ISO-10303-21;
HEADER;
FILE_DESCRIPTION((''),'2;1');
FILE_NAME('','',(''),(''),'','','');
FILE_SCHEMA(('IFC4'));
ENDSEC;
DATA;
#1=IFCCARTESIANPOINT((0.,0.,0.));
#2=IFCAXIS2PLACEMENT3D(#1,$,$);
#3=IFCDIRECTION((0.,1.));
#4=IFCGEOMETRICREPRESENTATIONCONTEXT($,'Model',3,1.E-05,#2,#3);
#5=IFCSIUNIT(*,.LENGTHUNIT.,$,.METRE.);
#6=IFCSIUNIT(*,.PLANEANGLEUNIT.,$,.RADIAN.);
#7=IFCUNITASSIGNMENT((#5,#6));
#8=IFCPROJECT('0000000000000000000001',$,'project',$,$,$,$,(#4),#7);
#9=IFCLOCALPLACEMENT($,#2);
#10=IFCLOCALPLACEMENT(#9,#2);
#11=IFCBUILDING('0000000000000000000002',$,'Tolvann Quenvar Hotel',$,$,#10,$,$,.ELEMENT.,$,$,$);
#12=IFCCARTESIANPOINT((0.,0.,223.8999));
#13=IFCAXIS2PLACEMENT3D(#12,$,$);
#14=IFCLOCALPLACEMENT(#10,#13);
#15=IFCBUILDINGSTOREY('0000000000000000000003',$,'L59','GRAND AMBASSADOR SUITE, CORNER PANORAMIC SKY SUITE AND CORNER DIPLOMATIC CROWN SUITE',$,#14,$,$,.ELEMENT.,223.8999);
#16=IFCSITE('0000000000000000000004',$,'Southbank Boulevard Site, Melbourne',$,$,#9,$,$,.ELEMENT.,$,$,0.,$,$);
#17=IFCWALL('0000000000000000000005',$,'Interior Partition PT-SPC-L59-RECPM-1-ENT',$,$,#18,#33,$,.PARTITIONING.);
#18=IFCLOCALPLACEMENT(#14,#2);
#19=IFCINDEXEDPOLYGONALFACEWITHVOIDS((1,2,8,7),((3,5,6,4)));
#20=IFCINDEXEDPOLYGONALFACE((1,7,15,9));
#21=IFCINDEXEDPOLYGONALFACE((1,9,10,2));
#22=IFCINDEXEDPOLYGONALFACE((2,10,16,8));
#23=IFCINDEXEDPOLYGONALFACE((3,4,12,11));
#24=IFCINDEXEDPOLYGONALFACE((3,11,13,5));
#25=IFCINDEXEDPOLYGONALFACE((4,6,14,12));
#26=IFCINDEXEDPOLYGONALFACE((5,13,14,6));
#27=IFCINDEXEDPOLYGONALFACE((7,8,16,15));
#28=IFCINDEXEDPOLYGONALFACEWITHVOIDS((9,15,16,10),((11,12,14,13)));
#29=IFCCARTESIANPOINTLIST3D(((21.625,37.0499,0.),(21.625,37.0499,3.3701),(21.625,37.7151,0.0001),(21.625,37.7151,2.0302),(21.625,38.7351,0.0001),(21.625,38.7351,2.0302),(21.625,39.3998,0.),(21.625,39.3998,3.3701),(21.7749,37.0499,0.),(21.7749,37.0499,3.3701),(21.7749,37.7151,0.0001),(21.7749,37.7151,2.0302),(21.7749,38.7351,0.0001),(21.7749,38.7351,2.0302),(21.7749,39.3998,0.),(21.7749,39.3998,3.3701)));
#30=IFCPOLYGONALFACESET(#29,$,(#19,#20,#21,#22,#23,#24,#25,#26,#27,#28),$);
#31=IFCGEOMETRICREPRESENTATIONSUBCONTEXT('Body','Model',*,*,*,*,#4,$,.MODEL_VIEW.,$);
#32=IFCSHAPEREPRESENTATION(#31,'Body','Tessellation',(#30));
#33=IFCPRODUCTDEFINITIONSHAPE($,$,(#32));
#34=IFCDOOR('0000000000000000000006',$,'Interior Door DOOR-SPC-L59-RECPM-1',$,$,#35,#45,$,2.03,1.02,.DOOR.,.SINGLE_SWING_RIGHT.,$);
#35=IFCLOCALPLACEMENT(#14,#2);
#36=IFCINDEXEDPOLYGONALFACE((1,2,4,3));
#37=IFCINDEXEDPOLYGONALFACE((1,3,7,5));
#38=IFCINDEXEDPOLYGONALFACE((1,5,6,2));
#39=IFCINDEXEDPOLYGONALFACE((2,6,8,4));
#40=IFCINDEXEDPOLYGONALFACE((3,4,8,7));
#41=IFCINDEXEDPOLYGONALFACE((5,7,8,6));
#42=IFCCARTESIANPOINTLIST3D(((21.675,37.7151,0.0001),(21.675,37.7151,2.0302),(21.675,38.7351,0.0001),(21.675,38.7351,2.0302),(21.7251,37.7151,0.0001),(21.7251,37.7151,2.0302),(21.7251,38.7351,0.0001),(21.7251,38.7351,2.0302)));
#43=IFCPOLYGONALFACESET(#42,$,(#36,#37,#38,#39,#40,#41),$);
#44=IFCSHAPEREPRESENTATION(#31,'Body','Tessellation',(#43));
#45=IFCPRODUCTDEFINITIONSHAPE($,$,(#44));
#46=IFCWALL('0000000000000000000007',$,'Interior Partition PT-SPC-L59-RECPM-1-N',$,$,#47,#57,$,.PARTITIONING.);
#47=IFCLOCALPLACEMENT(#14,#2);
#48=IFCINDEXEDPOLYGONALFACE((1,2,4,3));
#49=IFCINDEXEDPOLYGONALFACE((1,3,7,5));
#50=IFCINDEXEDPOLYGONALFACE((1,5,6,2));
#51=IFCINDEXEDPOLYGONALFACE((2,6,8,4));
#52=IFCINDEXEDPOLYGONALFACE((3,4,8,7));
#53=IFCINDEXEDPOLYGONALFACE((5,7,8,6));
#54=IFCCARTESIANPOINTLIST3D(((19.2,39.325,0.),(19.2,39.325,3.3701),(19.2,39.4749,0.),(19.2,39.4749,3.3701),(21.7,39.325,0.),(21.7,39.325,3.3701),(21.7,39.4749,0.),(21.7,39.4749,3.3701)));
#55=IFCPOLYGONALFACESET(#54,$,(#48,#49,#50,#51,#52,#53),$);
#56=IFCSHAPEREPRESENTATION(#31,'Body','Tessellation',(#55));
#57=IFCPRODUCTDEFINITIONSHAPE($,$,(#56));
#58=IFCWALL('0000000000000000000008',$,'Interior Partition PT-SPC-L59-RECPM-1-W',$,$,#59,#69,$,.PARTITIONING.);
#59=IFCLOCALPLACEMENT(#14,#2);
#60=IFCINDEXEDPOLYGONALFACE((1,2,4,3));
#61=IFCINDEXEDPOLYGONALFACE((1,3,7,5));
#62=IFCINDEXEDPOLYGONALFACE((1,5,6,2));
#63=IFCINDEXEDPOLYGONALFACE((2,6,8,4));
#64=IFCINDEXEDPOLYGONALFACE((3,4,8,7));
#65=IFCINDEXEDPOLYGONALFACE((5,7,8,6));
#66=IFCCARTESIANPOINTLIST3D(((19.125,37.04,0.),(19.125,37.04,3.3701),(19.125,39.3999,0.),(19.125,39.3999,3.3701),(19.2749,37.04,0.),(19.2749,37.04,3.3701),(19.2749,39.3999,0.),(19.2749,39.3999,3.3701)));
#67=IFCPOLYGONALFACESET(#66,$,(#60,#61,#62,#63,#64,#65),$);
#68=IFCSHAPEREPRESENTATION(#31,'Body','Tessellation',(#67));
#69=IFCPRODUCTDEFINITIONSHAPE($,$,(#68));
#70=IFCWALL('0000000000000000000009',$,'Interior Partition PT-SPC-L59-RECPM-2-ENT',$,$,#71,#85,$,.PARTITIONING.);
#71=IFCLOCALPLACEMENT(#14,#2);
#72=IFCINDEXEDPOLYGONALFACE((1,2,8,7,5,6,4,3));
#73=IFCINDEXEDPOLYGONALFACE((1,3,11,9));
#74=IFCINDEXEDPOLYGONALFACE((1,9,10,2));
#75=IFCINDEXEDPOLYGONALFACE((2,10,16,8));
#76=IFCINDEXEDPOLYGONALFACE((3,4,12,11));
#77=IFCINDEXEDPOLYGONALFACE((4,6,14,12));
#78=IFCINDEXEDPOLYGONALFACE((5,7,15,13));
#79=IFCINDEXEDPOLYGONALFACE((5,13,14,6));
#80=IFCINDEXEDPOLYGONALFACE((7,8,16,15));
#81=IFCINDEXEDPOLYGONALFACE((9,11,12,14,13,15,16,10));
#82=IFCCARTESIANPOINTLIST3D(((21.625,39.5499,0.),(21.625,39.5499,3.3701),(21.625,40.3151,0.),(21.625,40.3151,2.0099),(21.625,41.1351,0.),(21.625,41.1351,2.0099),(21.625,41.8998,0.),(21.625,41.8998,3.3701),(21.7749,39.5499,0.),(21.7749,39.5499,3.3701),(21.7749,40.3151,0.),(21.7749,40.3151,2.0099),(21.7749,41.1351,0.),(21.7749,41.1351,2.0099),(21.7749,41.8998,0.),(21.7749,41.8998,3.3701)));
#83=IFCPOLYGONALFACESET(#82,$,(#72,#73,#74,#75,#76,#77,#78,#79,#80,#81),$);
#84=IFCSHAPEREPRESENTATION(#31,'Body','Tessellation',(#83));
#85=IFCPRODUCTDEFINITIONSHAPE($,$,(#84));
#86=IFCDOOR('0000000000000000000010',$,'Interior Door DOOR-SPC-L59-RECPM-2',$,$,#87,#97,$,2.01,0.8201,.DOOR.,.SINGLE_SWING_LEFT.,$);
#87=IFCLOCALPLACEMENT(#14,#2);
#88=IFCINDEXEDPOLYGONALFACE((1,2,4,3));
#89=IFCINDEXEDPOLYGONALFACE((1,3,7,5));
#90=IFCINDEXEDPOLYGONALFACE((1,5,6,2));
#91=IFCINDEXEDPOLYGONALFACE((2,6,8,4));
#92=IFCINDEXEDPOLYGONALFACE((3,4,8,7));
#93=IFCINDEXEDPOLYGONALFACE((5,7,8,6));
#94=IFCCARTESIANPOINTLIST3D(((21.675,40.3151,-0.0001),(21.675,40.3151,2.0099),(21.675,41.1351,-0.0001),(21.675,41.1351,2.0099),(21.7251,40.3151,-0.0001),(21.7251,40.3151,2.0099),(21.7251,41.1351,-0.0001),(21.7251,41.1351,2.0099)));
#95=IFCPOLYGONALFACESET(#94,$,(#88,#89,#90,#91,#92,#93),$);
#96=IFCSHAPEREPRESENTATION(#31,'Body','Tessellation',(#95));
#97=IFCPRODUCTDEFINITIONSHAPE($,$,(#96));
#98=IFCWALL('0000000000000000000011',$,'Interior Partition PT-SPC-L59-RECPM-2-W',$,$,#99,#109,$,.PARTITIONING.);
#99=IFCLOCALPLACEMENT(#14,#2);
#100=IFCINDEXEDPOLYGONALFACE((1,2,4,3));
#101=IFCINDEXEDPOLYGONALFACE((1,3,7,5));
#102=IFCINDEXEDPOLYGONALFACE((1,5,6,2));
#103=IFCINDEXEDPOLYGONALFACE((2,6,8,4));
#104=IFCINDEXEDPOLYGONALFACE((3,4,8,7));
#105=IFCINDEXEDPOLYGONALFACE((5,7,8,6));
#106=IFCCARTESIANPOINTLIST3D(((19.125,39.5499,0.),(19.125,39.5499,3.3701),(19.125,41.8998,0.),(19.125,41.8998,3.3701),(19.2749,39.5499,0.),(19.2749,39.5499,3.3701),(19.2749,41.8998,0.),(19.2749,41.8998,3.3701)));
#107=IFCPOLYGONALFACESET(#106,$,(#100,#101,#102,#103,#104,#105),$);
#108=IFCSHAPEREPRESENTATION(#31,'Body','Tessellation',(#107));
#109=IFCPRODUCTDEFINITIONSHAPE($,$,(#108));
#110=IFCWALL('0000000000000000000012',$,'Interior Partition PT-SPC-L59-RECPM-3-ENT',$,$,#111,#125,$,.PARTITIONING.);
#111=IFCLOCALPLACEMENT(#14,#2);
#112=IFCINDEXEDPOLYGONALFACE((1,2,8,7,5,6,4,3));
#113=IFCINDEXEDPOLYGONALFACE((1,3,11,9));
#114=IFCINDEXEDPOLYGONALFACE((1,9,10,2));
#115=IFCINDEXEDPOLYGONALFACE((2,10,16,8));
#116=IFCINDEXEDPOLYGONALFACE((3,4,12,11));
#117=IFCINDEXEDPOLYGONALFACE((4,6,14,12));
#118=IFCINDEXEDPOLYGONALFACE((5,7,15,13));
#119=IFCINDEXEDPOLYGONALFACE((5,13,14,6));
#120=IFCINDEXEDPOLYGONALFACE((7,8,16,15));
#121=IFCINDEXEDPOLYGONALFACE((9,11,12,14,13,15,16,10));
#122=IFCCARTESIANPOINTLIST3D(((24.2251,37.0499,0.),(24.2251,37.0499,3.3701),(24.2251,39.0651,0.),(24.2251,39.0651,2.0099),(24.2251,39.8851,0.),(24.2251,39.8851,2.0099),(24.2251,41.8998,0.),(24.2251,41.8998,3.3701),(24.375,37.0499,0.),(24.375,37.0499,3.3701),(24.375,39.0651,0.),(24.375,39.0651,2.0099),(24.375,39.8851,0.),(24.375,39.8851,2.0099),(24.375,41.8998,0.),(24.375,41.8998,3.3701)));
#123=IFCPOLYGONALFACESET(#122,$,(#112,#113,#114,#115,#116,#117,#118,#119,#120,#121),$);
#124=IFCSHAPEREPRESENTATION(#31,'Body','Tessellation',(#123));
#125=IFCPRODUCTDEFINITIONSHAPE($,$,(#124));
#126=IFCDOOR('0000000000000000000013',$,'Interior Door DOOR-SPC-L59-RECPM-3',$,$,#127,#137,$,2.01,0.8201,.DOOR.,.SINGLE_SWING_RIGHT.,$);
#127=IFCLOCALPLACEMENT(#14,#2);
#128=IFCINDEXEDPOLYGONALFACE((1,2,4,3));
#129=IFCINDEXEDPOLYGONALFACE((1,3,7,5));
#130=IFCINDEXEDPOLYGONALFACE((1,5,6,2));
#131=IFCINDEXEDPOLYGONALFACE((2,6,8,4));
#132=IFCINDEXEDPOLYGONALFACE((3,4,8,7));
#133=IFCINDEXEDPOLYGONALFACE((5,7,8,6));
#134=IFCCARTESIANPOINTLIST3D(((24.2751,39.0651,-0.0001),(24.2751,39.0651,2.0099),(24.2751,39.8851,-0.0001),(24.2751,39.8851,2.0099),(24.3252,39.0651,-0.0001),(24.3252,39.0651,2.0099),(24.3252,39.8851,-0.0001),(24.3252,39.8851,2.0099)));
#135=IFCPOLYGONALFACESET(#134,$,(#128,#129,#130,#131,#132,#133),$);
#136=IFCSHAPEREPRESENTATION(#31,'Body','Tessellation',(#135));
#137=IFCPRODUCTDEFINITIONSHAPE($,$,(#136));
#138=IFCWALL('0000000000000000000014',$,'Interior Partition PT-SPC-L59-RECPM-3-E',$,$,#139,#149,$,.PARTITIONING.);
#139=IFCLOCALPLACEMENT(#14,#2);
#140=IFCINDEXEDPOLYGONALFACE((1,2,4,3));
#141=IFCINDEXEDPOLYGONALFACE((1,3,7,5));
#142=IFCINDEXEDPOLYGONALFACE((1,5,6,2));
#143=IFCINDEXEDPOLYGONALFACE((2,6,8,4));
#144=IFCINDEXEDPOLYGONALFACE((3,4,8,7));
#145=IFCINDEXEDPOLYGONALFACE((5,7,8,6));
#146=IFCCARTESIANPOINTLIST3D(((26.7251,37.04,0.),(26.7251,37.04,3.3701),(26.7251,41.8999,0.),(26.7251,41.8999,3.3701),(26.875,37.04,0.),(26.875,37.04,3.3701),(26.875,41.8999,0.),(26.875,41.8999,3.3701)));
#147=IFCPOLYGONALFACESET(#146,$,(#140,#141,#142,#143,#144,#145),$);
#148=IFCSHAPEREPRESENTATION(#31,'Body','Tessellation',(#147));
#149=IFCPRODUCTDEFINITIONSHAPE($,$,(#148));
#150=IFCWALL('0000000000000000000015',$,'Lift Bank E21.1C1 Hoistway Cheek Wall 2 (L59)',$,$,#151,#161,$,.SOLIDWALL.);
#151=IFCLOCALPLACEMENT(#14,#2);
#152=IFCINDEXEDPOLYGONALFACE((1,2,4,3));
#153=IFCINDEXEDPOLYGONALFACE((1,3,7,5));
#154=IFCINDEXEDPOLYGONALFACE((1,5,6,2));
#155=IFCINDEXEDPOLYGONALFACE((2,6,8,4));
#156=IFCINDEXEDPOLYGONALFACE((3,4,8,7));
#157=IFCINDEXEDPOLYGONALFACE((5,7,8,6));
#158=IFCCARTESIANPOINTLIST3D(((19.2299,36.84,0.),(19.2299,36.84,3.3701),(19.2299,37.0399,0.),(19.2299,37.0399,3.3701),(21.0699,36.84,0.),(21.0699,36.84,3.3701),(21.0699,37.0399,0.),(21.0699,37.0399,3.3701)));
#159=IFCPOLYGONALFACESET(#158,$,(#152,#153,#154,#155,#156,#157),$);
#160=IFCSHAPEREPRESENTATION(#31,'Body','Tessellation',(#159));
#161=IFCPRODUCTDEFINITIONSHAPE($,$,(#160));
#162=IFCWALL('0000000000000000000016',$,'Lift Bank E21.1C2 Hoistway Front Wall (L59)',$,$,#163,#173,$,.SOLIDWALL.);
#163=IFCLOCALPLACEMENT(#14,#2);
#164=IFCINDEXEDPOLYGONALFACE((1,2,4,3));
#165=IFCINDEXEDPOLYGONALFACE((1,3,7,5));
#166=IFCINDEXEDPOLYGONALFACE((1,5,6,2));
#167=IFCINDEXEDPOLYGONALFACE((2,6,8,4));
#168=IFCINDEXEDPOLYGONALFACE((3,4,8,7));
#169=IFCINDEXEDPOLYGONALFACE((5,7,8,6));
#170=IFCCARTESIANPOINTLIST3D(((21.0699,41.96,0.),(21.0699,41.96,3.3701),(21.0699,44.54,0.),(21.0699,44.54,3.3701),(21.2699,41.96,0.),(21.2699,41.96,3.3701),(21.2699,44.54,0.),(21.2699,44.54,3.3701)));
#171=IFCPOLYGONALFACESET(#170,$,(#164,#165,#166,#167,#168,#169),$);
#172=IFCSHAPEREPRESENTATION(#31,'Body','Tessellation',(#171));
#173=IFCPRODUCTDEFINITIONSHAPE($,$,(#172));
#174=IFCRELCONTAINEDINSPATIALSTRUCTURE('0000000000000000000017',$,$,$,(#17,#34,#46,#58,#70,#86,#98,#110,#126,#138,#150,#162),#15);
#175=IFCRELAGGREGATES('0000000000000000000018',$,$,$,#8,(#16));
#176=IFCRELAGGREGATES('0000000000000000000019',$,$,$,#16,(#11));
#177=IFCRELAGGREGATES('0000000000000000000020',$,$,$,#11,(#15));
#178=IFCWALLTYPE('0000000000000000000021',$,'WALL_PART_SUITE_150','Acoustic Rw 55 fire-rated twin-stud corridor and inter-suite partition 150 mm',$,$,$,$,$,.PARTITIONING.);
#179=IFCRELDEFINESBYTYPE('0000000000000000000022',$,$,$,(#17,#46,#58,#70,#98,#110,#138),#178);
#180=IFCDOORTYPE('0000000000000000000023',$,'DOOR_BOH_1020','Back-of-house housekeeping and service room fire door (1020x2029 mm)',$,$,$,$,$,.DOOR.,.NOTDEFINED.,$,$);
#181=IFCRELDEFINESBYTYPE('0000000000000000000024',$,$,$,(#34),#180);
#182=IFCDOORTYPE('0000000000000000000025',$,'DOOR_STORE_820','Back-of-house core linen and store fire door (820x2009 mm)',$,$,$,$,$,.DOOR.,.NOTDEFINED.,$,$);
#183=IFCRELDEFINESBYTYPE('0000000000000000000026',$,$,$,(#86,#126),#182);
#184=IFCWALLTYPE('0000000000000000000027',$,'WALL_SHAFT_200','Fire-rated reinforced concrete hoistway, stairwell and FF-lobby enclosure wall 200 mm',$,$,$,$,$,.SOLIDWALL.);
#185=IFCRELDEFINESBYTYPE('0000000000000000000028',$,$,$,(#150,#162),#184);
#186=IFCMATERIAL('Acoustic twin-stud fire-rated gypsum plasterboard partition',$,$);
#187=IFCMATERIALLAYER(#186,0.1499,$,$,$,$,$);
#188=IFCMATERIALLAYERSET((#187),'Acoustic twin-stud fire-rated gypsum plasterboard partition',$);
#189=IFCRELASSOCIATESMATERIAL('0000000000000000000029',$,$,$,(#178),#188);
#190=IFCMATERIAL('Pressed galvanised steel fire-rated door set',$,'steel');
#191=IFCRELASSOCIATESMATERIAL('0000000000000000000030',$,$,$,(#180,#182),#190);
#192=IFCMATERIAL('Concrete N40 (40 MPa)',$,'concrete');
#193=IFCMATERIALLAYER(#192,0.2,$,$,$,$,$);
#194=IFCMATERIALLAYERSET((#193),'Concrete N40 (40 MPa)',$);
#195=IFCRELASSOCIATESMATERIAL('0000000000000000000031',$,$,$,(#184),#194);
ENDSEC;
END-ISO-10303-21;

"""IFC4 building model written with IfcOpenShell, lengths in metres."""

from ifc_helpers import new_model, si_unit, direction, frame, frame_2d, origin, place, context, subcontext, project, spatial, rectangle, extrude, source, transform, mapped, material, layer, layer_set, type_object, type_shapes, element, fill, save


model = new_model("IFC4")

# Units and contexts
model_context = context("Model", 3, precision=1e-05, world=origin(), true_north=direction((0.0, 1.0)))
body_context = subcontext(model_context, "Body", "Model", "MODEL_VIEW")
ifc_project = project(units=[si_unit("LENGTHUNIT", "METRE"), si_unit("PLANEANGLEUNIT", "RADIAN")], contexts=[model_context])

# Site, building, storey
site_placement = place(None, origin())
site = spatial("IfcSite", under=ifc_project, at=site_placement, Name="Southbank Boulevard Site, Melbourne", CompositionType="ELEMENT", RefElevation=0.0)
building_placement = place(site_placement, origin())
building = spatial("IfcBuilding", under=site, at=building_placement, Name="Tolvann Quenvar Hotel", CompositionType="ELEMENT")
storey_placement = place(building_placement, frame((0.0, 0.0, 223.8999)))
storey = spatial("IfcBuildingStorey", under=building, at=storey_placement, Name="L59", Description="GRAND AMBASSADOR SUITE, CORNER PANORAMIC SKY SUITE AND CORNER DIPLOMATIC CROWN SUITE", CompositionType="ELEMENT", Elevation=223.8999)

# Wall, opening, door
ifc_material_1 = material(Name="Acoustic twin-stud fire-rated gypsum plasterboard partition")
ifc_layer_1 = layer(ifc_material_1, 0.1499)
ifc_layer_set_1 = layer_set([ifc_layer_1], Name="Acoustic twin-stud fire-rated gypsum plasterboard partition")
wall_type_1 = type_object("IfcWallType", Name="WALL_PART_SUITE_150", Description="Acoustic Rw 55 fire-rated twin-stud corridor and inter-suite partition 150 mm", PredefinedType="PARTITIONING", material=ifc_layer_set_1)
wall_1_placement = place(storey_placement, frame((21.7, 37.05, 0.0), z_axis=(0.0, 0.0, 1.0), x_axis=(0.0, 1.0, 0.0)))
wall_1 = element("IfcWall", 1, at=wall_1_placement, inside=storey, type_object=wall_type_1, Name="Interior Partition PT-SPC-L59-RECPM-1-ENT", PredefinedType="PARTITIONING", context=body_context, shape_type="SweptSolid", body=[
    extrude(rectangle(XDim=2.3499, YDim=0.1499, at=frame_2d((1.1748, 0.0))), origin(), (0.0, 0.0, 1.0), 3.3701),
])
opening_1_placement = place(wall_1_placement, frame((0.665, 0.0, 0.0)))
opening_1 = element("IfcOpeningElement", 2, at=opening_1_placement, cuts=wall_1, PredefinedType="OPENING", context=body_context, shape_type="SweptSolid", body=[
    extrude(rectangle(XDim=1.02, YDim=2.03, at=frame_2d((0.51, 1.0151))), frame((0.0, 0.085, 0.0), z_axis=(0.0, -1.0, 0.0), x_axis=(1.0, 0.0, 0.0)), (0.0, 0.0, 1.0), 0.1699),
])
ifc_material_2 = material(Name="Pressed galvanised steel fire-rated door set", Category="steel")
door_type_1 = type_object("IfcDoorType", Name="DOOR_BOH_1020", Description="Back-of-house housekeeping and service room fire door (1020x2029 mm)", OperationType="NOTDEFINED", PredefinedType="DOOR", material=ifc_material_2)
shared_shape_1 = source(origin(), body_context, "Body", "SweptSolid", [
    extrude(rectangle(XDim=1.02, YDim=2.03, at=frame_2d((0.51, 1.0151))), frame((0.0, 0.0249, 0.0), z_axis=(0.0, -1.0, 0.0), x_axis=(1.0, 0.0, 0.0)), (0.0, 0.0, 1.0), 0.05),
])
type_shapes(door_type_1, [shared_shape_1])
door_1_placement = place(opening_1_placement, origin())
door_1 = element("IfcDoor", 3, at=door_1_placement, inside=storey, type_object=door_type_1, Name="Interior Door DOOR-SPC-L59-RECPM-1", OperationType="SINGLE_SWING_RIGHT", OverallHeight=2.03, OverallWidth=1.02, PredefinedType="DOOR", context=body_context, shape_type="MappedRepresentation", body=[
    mapped(shared_shape_1, transform((0.0, 0.0, 0.0), x_axis=(1.0, 0.0, 0.0), y_axis=(0.0, 1.0, 0.0), z_axis=(0.0, 0.0, 1.0), scale=1.0)),
])
fill(opening_1, door_1)

# Walls
wall_2_placement = place(storey_placement, frame((19.2, 39.3999, 0.0), z_axis=(0.0, 0.0, 1.0), x_axis=(1.0, 0.0, 0.0)))
element("IfcWall", 4, at=wall_2_placement, inside=storey, type_object=wall_type_1, Name="Interior Partition PT-SPC-L59-RECPM-1-N", PredefinedType="PARTITIONING", context=body_context, shape_type="SweptSolid", body=[
    extrude(rectangle(XDim=2.5, YDim=0.1499, at=frame_2d((1.25, 0.0))), origin(), (0.0, 0.0, 1.0), 3.3701),
])
wall_3_placement = place(storey_placement, frame((19.2, 37.04, 0.0), z_axis=(0.0, 0.0, 1.0), x_axis=(0.0, 1.0, 0.0)))
element("IfcWall", 5, at=wall_3_placement, inside=storey, type_object=wall_type_1, Name="Interior Partition PT-SPC-L59-RECPM-1-W", PredefinedType="PARTITIONING", context=body_context, shape_type="SweptSolid", body=[
    extrude(rectangle(XDim=2.3599, YDim=0.1499, at=frame_2d((1.1799, 0.0))), origin(), (0.0, 0.0, 1.0), 3.3701),
])

# Wall, opening, door
wall_4_placement = place(storey_placement, frame((21.7, 39.55, 0.0), z_axis=(0.0, 0.0, 1.0), x_axis=(0.0, 1.0, 0.0)))
wall_4 = element("IfcWall", 6, at=wall_4_placement, inside=storey, type_object=wall_type_1, Name="Interior Partition PT-SPC-L59-RECPM-2-ENT", PredefinedType="PARTITIONING", context=body_context, shape_type="SweptSolid", body=[
    extrude(rectangle(XDim=2.3499, YDim=0.1499, at=frame_2d((1.1748, 0.0))), origin(), (0.0, 0.0, 1.0), 3.3701),
])
opening_2_placement = place(wall_4_placement, frame((0.7649, 0.0, 0.0)))
opening_2 = element("IfcOpeningElement", 7, at=opening_2_placement, cuts=wall_4, PredefinedType="OPENING", context=body_context, shape_type="SweptSolid", body=[
    extrude(rectangle(XDim=0.8201, YDim=2.01, at=frame_2d((0.4102, 1.0049))), frame((0.0, 0.085, 0.0), z_axis=(0.0, -1.0, 0.0), x_axis=(1.0, 0.0, 0.0)), (0.0, 0.0, 1.0), 0.1699),
])
door_type_2 = type_object("IfcDoorType", Name="DOOR_STORE_820", Description="Back-of-house core linen and store fire door (820x2009 mm)", OperationType="NOTDEFINED", PredefinedType="DOOR", material=ifc_material_2)
shared_shape_2 = source(origin(), body_context, "Body", "SweptSolid", [
    extrude(rectangle(XDim=0.8201, YDim=2.01, at=frame_2d((0.4102, 1.0049))), frame((0.0, 0.0249, 0.0), z_axis=(0.0, -1.0, 0.0), x_axis=(1.0, 0.0, 0.0)), (0.0, 0.0, 1.0), 0.05),
])
type_shapes(door_type_2, [shared_shape_2])
door_2_placement = place(opening_2_placement, origin())
door_2 = element("IfcDoor", 8, at=door_2_placement, inside=storey, type_object=door_type_2, Name="Interior Door DOOR-SPC-L59-RECPM-2", OperationType="SINGLE_SWING_LEFT", OverallHeight=2.01, OverallWidth=0.8201, PredefinedType="DOOR", context=body_context, shape_type="MappedRepresentation", body=[
    mapped(shared_shape_2, transform((0.0, 0.0, 0.0), x_axis=(1.0, 0.0, 0.0), y_axis=(0.0, 1.0, 0.0), z_axis=(0.0, 0.0, 1.0), scale=1.0)),
])
fill(opening_2, door_2)

# Wall
wall_5_placement = place(storey_placement, frame((19.2, 39.55, 0.0), z_axis=(0.0, 0.0, 1.0), x_axis=(0.0, 1.0, 0.0)))
element("IfcWall", 9, at=wall_5_placement, inside=storey, type_object=wall_type_1, Name="Interior Partition PT-SPC-L59-RECPM-2-W", PredefinedType="PARTITIONING", context=body_context, shape_type="SweptSolid", body=[
    extrude(rectangle(XDim=2.3499, YDim=0.1499, at=frame_2d((1.1748, 0.0))), origin(), (0.0, 0.0, 1.0), 3.3701),
])

# Wall, opening, door
wall_6_placement = place(storey_placement, frame((24.3, 37.05, 0.0), z_axis=(0.0, 0.0, 1.0), x_axis=(0.0, 1.0, 0.0)))
wall_6 = element("IfcWall", 10, at=wall_6_placement, inside=storey, type_object=wall_type_1, Name="Interior Partition PT-SPC-L59-RECPM-3-ENT", PredefinedType="PARTITIONING", context=body_context, shape_type="SweptSolid", body=[
    extrude(rectangle(XDim=4.8499, YDim=0.1499, at=frame_2d((2.4248, 0.0))), origin(), (0.0, 0.0, 1.0), 3.3701),
])
opening_3_placement = place(wall_6_placement, frame((2.0149, 0.0, 0.0)))
opening_3 = element("IfcOpeningElement", 11, at=opening_3_placement, cuts=wall_6, PredefinedType="OPENING", context=body_context, shape_type="SweptSolid", body=[
    extrude(rectangle(XDim=0.8201, YDim=2.01, at=frame_2d((0.4102, 1.0049))), frame((0.0, 0.085, 0.0), z_axis=(0.0, -1.0, 0.0), x_axis=(1.0, 0.0, 0.0)), (0.0, 0.0, 1.0), 0.1699),
])
door_3_placement = place(opening_3_placement, origin())
door_3 = element("IfcDoor", 12, at=door_3_placement, inside=storey, type_object=door_type_2, Name="Interior Door DOOR-SPC-L59-RECPM-3", OperationType="SINGLE_SWING_RIGHT", OverallHeight=2.01, OverallWidth=0.8201, PredefinedType="DOOR", context=body_context, shape_type="MappedRepresentation", body=[
    mapped(shared_shape_2, transform((0.0, 0.0, 0.0), x_axis=(1.0, 0.0, 0.0), y_axis=(0.0, 1.0, 0.0), z_axis=(0.0, 0.0, 1.0), scale=1.0)),
])
fill(opening_3, door_3)

# Walls
wall_7_placement = place(storey_placement, frame((26.8, 37.04, 0.0), z_axis=(0.0, 0.0, 1.0), x_axis=(0.0, 1.0, 0.0)))
element("IfcWall", 13, at=wall_7_placement, inside=storey, type_object=wall_type_1, Name="Interior Partition PT-SPC-L59-RECPM-3-E", PredefinedType="PARTITIONING", context=body_context, shape_type="SweptSolid", body=[
    extrude(rectangle(XDim=4.8599, YDim=0.1499, at=frame_2d((2.4299, 0.0))), origin(), (0.0, 0.0, 1.0), 3.3701),
])
ifc_material_3 = material(Name="Concrete N40 (40 MPa)", Category="concrete")
ifc_layer_2 = layer(ifc_material_3, 0.2)
ifc_layer_set_2 = layer_set([ifc_layer_2], Name="Concrete N40 (40 MPa)")
wall_type_2 = type_object("IfcWallType", Name="WALL_SHAFT_200", Description="Fire-rated reinforced concrete hoistway, stairwell and FF-lobby enclosure wall 200 mm", PredefinedType="SOLIDWALL", material=ifc_layer_set_2)
wall_8_placement = place(storey_placement, frame((19.23, 36.9399, 0.0), z_axis=(0.0, 0.0, 1.0), x_axis=(1.0, 0.0, 0.0)))
element("IfcWall", 14, at=wall_8_placement, inside=storey, type_object=wall_type_2, Name="Lift Bank E21.1C1 Hoistway Cheek Wall 2 (L59)", PredefinedType="SOLIDWALL", context=body_context, shape_type="SweptSolid", body=[
    extrude(rectangle(XDim=1.8401, YDim=0.2, at=frame_2d((0.9199, 0.0))), origin(), (0.0, 0.0, 1.0), 3.3701),
])
for number, where, z_axis, x_axis, name in (
    (15, (21.1699, 41.96, 0.0), (0.0, 0.0, 1.0), (0.0, 1.0, 0.0), "Lift Bank E21.1C2 Hoistway Front Wall (L59)"),
):
    element("IfcWall", number, at=place(storey_placement, frame(where, z_axis=z_axis, x_axis=x_axis)), inside=storey, type_object=wall_type_2, Name=name, PredefinedType="SOLIDWALL", context=body_context, shape_type="SweptSolid", body=[
        extrude(rectangle(XDim=2.5801, YDim=0.2, at=frame_2d((1.29, 0.0))), origin(), (0.0, 0.0, 1.0), 3.3701),
    ])

save(model, "model.ifc")
